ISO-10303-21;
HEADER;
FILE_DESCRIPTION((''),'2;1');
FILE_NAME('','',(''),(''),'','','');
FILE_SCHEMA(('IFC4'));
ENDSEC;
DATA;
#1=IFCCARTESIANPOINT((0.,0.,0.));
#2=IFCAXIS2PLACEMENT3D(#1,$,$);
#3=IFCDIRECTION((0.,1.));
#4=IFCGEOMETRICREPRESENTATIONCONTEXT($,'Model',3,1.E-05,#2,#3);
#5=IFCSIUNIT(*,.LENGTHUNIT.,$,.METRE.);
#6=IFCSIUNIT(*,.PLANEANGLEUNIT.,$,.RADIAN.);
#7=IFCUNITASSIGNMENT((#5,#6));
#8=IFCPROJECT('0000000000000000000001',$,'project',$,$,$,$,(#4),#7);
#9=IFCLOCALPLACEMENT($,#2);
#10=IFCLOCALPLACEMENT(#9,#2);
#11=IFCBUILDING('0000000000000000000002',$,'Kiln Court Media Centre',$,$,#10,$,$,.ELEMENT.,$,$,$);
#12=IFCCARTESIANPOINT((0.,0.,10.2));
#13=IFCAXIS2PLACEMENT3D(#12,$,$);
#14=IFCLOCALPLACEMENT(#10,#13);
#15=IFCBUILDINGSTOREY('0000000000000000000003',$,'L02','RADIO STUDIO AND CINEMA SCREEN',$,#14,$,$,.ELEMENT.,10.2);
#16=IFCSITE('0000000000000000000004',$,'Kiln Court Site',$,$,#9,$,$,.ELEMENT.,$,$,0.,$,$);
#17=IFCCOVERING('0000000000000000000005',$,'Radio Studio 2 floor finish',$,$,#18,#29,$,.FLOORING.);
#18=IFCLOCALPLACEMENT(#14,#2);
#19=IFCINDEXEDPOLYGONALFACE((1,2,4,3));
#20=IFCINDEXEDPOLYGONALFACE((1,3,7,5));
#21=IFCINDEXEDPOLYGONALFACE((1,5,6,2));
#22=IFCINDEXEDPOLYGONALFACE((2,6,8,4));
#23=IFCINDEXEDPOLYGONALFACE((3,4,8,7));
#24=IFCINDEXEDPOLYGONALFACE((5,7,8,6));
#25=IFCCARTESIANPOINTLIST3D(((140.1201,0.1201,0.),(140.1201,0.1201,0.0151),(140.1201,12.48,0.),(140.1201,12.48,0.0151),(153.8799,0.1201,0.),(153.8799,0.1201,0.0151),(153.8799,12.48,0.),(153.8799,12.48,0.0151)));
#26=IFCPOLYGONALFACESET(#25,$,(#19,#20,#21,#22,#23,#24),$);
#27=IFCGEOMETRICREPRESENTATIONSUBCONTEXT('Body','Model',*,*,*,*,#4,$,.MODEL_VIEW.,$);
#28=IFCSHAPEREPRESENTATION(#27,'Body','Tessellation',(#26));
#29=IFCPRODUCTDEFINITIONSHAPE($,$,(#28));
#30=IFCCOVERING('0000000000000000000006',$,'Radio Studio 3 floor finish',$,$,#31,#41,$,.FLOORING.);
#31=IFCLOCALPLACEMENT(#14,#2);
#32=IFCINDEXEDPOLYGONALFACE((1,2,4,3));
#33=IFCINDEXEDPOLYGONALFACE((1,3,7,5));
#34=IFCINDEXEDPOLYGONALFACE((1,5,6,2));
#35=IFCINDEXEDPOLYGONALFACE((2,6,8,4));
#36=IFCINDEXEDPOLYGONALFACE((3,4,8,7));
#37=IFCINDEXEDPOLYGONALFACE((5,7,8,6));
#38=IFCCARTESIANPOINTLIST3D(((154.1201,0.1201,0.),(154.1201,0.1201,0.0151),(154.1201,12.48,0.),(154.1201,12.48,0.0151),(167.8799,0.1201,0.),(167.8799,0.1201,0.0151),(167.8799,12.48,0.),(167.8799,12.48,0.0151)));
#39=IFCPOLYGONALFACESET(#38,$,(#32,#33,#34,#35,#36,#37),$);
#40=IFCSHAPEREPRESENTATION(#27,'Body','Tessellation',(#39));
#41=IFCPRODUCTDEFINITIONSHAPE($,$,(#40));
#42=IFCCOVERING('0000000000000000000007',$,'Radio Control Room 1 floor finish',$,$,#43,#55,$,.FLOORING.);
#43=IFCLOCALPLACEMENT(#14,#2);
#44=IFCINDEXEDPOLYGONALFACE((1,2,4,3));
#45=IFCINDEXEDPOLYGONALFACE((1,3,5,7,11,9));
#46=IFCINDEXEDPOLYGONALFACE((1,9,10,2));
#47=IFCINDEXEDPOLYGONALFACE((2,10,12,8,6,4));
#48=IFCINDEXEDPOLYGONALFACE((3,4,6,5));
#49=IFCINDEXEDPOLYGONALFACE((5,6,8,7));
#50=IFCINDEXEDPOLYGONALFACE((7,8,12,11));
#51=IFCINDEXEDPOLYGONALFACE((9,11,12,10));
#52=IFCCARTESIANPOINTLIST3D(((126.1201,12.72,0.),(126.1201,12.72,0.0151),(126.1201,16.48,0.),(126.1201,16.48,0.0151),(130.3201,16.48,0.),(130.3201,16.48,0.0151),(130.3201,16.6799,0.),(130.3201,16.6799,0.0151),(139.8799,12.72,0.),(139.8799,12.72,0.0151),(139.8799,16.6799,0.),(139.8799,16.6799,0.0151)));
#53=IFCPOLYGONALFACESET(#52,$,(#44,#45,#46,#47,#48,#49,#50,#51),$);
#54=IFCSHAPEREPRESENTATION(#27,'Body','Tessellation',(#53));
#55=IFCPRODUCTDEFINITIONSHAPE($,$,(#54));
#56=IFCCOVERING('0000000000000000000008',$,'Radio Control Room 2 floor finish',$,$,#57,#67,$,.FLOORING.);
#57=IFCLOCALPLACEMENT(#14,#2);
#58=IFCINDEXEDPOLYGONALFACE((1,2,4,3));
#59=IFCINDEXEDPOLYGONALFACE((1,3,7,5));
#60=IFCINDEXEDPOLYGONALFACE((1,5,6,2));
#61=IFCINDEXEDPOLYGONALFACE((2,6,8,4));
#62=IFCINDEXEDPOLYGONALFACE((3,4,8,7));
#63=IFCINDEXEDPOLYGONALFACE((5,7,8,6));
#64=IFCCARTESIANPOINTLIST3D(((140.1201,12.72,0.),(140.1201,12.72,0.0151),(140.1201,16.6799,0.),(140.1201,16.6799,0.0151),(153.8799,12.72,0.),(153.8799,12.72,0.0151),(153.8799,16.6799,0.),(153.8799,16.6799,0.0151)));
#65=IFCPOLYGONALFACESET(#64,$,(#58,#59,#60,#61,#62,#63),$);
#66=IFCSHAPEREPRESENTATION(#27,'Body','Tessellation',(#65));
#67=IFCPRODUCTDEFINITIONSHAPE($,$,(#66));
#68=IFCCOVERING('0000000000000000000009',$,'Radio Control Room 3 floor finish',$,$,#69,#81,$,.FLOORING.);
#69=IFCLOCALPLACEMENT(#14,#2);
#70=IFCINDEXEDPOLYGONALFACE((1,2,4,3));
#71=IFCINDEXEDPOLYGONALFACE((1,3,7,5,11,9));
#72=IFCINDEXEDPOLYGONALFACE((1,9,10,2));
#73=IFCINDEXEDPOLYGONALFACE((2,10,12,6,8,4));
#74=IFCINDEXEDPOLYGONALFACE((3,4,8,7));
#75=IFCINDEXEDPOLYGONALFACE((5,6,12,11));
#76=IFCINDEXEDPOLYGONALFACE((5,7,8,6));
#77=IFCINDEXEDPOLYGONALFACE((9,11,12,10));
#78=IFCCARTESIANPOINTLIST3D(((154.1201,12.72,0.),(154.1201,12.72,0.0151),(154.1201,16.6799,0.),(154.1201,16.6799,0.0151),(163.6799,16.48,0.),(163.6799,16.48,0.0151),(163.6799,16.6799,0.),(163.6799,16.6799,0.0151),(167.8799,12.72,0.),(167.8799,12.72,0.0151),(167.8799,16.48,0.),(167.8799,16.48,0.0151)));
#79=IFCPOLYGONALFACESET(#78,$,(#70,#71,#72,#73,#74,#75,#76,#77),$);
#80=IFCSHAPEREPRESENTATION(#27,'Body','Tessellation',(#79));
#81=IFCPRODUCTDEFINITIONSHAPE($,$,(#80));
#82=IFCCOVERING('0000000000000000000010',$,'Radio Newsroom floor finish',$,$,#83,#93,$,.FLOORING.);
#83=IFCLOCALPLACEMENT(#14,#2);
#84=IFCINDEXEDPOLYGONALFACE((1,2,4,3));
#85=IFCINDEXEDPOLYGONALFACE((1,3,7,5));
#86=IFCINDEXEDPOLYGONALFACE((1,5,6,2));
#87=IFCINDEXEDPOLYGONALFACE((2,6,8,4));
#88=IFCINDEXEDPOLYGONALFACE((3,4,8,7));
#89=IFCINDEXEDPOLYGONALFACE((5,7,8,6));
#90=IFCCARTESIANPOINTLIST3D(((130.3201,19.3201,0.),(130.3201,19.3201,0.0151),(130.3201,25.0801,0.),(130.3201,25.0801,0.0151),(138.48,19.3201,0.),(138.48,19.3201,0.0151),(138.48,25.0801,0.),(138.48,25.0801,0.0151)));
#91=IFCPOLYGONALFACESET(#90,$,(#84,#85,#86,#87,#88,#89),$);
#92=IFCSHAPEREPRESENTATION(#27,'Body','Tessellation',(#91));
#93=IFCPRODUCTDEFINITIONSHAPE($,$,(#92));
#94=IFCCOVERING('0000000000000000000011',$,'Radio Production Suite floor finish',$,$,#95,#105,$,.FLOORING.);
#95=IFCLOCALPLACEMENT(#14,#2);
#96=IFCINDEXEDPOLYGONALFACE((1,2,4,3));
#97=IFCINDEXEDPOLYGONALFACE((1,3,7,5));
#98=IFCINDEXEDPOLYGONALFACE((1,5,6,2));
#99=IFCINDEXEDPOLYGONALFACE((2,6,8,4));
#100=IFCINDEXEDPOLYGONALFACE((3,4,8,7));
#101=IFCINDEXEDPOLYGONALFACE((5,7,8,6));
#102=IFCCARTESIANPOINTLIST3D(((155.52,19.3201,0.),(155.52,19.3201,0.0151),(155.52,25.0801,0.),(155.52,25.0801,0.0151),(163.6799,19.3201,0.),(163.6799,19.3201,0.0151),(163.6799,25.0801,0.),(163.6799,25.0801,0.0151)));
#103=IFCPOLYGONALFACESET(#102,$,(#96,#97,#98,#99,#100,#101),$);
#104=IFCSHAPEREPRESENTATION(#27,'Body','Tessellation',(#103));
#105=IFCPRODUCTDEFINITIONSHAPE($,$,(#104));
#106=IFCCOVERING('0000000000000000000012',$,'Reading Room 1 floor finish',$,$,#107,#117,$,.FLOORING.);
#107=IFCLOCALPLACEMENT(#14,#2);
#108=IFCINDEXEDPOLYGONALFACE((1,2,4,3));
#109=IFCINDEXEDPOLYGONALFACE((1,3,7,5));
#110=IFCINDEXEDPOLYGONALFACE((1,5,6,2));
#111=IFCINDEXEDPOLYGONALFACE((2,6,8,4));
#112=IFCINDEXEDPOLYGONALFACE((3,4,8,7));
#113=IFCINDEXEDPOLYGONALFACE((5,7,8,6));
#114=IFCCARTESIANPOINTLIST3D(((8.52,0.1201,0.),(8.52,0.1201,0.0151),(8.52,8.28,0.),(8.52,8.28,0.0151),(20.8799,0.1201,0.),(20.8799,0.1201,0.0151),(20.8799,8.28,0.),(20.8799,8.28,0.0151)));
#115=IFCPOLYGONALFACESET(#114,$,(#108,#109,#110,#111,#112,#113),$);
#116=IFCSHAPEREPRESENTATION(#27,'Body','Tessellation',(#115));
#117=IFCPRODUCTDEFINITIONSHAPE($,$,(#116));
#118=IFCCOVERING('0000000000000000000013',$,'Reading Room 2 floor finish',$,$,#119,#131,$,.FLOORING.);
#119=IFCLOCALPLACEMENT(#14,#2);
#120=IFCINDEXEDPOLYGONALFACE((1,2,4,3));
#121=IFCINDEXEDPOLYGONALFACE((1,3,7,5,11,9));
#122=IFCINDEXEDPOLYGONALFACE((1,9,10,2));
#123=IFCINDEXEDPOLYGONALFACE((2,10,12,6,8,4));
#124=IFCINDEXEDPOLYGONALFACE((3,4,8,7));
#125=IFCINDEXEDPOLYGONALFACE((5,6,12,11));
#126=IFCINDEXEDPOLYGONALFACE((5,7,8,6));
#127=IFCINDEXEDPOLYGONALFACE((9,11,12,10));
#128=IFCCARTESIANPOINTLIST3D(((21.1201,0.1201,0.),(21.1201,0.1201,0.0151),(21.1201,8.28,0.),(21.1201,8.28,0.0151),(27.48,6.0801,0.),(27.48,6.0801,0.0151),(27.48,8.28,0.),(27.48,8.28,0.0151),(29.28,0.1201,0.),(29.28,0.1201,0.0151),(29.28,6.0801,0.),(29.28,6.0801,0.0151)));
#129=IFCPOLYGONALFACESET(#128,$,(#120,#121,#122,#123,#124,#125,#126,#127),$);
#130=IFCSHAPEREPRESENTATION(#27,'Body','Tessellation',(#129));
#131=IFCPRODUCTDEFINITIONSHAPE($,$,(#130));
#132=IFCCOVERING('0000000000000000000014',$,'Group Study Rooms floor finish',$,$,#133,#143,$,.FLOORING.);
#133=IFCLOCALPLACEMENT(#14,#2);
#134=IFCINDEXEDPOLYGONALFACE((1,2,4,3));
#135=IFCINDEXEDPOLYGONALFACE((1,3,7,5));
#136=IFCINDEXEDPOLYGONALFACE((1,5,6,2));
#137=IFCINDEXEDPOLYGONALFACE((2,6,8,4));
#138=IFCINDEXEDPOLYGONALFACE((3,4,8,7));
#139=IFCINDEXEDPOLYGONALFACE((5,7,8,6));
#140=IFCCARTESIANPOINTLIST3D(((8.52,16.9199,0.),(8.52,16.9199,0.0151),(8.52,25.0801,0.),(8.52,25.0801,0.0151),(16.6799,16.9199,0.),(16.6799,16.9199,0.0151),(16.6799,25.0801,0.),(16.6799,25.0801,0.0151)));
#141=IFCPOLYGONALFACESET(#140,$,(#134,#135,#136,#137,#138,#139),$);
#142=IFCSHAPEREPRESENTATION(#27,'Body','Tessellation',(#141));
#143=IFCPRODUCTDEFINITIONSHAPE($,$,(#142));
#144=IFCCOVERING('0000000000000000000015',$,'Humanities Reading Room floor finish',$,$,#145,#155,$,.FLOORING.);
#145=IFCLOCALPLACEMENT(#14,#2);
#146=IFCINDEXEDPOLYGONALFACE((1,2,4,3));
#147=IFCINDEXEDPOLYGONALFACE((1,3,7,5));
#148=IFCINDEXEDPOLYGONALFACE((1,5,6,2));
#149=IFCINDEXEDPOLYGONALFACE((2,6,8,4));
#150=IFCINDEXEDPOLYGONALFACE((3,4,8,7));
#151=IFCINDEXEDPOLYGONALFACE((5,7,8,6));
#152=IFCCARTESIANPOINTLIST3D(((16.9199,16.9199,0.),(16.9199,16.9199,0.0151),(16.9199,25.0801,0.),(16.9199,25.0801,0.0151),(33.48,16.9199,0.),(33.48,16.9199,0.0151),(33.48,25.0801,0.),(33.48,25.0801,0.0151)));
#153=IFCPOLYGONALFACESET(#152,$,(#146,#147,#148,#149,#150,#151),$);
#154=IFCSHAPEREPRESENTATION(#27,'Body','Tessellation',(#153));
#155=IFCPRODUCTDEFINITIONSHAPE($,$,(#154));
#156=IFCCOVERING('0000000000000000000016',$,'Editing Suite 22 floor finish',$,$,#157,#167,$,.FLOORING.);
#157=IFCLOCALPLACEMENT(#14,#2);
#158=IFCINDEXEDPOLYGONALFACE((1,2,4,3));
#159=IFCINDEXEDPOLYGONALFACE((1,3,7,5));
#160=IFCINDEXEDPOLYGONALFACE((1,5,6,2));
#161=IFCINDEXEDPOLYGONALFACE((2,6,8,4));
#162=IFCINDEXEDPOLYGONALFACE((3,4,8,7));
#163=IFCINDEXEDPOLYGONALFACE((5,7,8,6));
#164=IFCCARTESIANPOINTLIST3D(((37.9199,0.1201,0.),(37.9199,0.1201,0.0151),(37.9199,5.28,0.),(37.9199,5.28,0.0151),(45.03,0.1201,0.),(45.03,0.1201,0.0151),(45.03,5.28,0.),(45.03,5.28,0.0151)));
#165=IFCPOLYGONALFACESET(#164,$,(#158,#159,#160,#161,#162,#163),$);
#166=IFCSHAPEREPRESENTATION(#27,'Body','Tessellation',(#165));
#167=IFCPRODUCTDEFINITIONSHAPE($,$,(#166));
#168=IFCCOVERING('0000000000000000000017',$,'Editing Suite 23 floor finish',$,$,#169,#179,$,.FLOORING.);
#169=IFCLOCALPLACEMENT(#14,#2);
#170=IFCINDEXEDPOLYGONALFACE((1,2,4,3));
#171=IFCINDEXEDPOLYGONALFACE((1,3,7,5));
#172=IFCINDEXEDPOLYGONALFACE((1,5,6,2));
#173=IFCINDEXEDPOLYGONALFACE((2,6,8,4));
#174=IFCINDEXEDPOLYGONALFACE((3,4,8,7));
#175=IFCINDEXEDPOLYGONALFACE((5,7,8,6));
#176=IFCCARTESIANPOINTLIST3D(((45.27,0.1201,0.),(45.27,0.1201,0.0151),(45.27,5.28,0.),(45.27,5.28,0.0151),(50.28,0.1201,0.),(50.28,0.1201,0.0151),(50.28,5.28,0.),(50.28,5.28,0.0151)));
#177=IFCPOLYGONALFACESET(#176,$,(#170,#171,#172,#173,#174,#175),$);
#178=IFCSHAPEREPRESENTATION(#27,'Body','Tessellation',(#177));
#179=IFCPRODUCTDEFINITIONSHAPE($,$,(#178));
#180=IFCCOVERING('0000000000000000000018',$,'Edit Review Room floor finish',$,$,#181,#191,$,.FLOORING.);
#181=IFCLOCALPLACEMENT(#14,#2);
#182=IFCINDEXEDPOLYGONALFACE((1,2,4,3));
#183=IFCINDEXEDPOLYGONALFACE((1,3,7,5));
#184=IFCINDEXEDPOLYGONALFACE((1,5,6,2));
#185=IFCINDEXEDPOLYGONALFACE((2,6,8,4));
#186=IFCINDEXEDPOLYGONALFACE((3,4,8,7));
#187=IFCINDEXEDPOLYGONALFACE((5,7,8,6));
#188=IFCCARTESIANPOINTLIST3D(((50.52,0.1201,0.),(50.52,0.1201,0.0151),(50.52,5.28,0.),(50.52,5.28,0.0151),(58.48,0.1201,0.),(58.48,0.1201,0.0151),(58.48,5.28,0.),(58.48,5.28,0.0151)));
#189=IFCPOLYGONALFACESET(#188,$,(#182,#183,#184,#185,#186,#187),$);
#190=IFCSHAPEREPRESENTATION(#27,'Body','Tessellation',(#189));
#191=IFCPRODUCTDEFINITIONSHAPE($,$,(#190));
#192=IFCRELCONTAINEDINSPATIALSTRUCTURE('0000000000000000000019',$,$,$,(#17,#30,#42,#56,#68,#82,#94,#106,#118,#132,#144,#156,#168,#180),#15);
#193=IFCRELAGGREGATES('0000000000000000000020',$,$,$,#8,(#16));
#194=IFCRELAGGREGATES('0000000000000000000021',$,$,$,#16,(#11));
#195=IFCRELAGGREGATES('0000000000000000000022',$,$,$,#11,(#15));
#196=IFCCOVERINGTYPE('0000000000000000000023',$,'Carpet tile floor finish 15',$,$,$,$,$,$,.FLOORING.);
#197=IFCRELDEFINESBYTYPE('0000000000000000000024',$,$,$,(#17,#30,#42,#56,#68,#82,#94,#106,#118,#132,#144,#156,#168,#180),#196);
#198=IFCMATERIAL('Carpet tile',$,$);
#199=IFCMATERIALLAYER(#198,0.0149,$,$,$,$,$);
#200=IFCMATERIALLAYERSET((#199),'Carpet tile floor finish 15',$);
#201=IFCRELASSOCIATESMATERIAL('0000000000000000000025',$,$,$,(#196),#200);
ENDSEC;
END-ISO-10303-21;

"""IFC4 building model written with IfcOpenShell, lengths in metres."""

from ifc_helpers import new_model, si_unit, direction, frame, origin, place, context, subcontext, project, spatial, polyline, outline, extrude, material, layer, layer_set, type_object, element, save


model = new_model("IFC4")

# Units and contexts
model_context = context("Model", 3, precision=1e-05, world=origin(), true_north=direction((0.0, 1.0)))
body_context = subcontext(model_context, "Body", "Model", "MODEL_VIEW")
ifc_project = project(units=[si_unit("LENGTHUNIT", "METRE"), si_unit("PLANEANGLEUNIT", "RADIAN")], contexts=[model_context])

# Site, building, storey
site_placement = place(None, origin())
site = spatial("IfcSite", under=ifc_project, at=site_placement, Name="Kiln Court Site", CompositionType="ELEMENT", RefElevation=0.0)
building_placement = place(site_placement, origin())
building = spatial("IfcBuilding", under=site, at=building_placement, Name="Kiln Court Media Centre", CompositionType="ELEMENT")
storey_placement = place(building_placement, frame((0.0, 0.0, 10.2)))
storey = spatial("IfcBuildingStorey", under=building, at=storey_placement, Name="L02", Description="RADIO STUDIO AND CINEMA SCREEN", CompositionType="ELEMENT", Elevation=10.2)

# Coverings
ifc_material_1 = material(Name="Carpet tile")
ifc_layer_1 = layer(ifc_material_1, 0.0149)
ifc_layer_set_1 = layer_set([ifc_layer_1], Name="Carpet tile floor finish 15")
covering_type_1 = type_object("IfcCoveringType", Name="Carpet tile floor finish 15", PredefinedType="FLOORING", material=ifc_layer_set_1)
covering_1_placement = place(storey_placement, origin())
element("IfcCovering", 1, at=covering_1_placement, inside=storey, type_object=covering_type_1, Name="Radio Studio 2 floor finish", PredefinedType="FLOORING", context=body_context, shape_type="SweptSolid", body=[
    extrude(outline(polyline([(140.1201, 0.1201), (153.8799, 0.1201), (153.8799, 12.48), (140.1201, 12.48), (140.1201, 0.1201)])), origin(), (0.0, 0.0, 1.0), 0.0151),
])
covering_2_placement = place(storey_placement, origin())
element("IfcCovering", 2, at=covering_2_placement, inside=storey, type_object=covering_type_1, Name="Radio Studio 3 floor finish", PredefinedType="FLOORING", context=body_context, shape_type="SweptSolid", body=[
    extrude(outline(polyline([(154.1201, 0.1201), (167.8799, 0.1201), (167.8799, 12.48), (154.1201, 12.48), (154.1201, 0.1201)])), origin(), (0.0, 0.0, 1.0), 0.0151),
])
covering_3_placement = place(storey_placement, origin())
element("IfcCovering", 3, at=covering_3_placement, inside=storey, type_object=covering_type_1, Name="Radio Control Room 1 floor finish", PredefinedType="FLOORING", context=body_context, shape_type="SweptSolid", body=[
    extrude(outline(polyline([(139.8799, 16.6799), (130.3201, 16.6799), (130.3201, 16.48), (126.1201, 16.48), (126.1201, 12.72), (139.8799, 12.72), (139.8799, 16.6799)])), origin(), (0.0, 0.0, 1.0), 0.0151),
])
covering_4_placement = place(storey_placement, origin())
element("IfcCovering", 4, at=covering_4_placement, inside=storey, type_object=covering_type_1, Name="Radio Control Room 2 floor finish", PredefinedType="FLOORING", context=body_context, shape_type="SweptSolid", body=[
    extrude(outline(polyline([(140.1201, 12.72), (153.8799, 12.72), (153.8799, 16.6799), (140.1201, 16.6799), (140.1201, 12.72)])), origin(), (0.0, 0.0, 1.0), 0.0151),
])
covering_5_placement = place(storey_placement, origin())
element("IfcCovering", 5, at=covering_5_placement, inside=storey, type_object=covering_type_1, Name="Radio Control Room 3 floor finish", PredefinedType="FLOORING", context=body_context, shape_type="SweptSolid", body=[
    extrude(outline(polyline([(167.8799, 12.72), (167.8799, 16.48), (163.6799, 16.48), (163.6799, 16.6799), (154.1201, 16.6799), (154.1201, 12.72), (167.8799, 12.72)])), origin(), (0.0, 0.0, 1.0), 0.0151),
])
covering_6_placement = place(storey_placement, origin())
element("IfcCovering", 6, at=covering_6_placement, inside=storey, type_object=covering_type_1, Name="Radio Newsroom floor finish", PredefinedType="FLOORING", context=body_context, shape_type="SweptSolid", body=[
    extrude(outline(polyline([(130.3201, 19.3201), (138.48, 19.3201), (138.48, 25.0801), (130.3201, 25.0801), (130.3201, 19.3201)])), origin(), (0.0, 0.0, 1.0), 0.0151),
])
covering_7_placement = place(storey_placement, origin())
element("IfcCovering", 7, at=covering_7_placement, inside=storey, type_object=covering_type_1, Name="Radio Production Suite floor finish", PredefinedType="FLOORING", context=body_context, shape_type="SweptSolid", body=[
    extrude(outline(polyline([(155.52, 19.3201), (163.6799, 19.3201), (163.6799, 25.0801), (155.52, 25.0801), (155.52, 19.3201)])), origin(), (0.0, 0.0, 1.0), 0.0151),
])
covering_8_placement = place(storey_placement, origin())
element("IfcCovering", 8, at=covering_8_placement, inside=storey, type_object=covering_type_1, Name="Reading Room 1 floor finish", PredefinedType="FLOORING", context=body_context, shape_type="SweptSolid", body=[
    extrude(outline(polyline([(8.52, 0.1201), (20.8799, 0.1201), (20.8799, 8.28), (8.52, 8.28), (8.52, 0.1201)])), origin(), (0.0, 0.0, 1.0), 0.0151),
])
covering_9_placement = place(storey_placement, origin())
element("IfcCovering", 9, at=covering_9_placement, inside=storey, type_object=covering_type_1, Name="Reading Room 2 floor finish", PredefinedType="FLOORING", context=body_context, shape_type="SweptSolid", body=[
    extrude(outline(polyline([(29.28, 0.1201), (29.28, 6.0801), (27.48, 6.0801), (27.48, 8.28), (21.1201, 8.28), (21.1201, 0.1201), (29.28, 0.1201)])), origin(), (0.0, 0.0, 1.0), 0.0151),
])
covering_10_placement = place(storey_placement, origin())
element("IfcCovering", 10, at=covering_10_placement, inside=storey, type_object=covering_type_1, Name="Group Study Rooms floor finish", PredefinedType="FLOORING", context=body_context, shape_type="SweptSolid", body=[
    extrude(outline(polyline([(8.52, 16.9199), (16.6799, 16.9199), (16.6799, 25.0801), (8.52, 25.0801), (8.52, 16.9199)])), origin(), (0.0, 0.0, 1.0), 0.0151),
])
covering_11_placement = place(storey_placement, origin())
element("IfcCovering", 11, at=covering_11_placement, inside=storey, type_object=covering_type_1, Name="Humanities Reading Room floor finish", PredefinedType="FLOORING", context=body_context, shape_type="SweptSolid", body=[
    extrude(outline(polyline([(16.9199, 16.9199), (33.48, 16.9199), (33.48, 25.0801), (16.9199, 25.0801), (16.9199, 16.9199)])), origin(), (0.0, 0.0, 1.0), 0.0151),
])
covering_12_placement = place(storey_placement, origin())
element("IfcCovering", 12, at=covering_12_placement, inside=storey, type_object=covering_type_1, Name="Editing Suite 22 floor finish", PredefinedType="FLOORING", context=body_context, shape_type="SweptSolid", body=[
    extrude(outline(polyline([(37.9199, 0.1201), (45.03, 0.1201), (45.03, 5.28), (37.9199, 5.28), (37.9199, 0.1201)])), origin(), (0.0, 0.0, 1.0), 0.0151),
])
covering_13_placement = place(storey_placement, origin())
element("IfcCovering", 13, at=covering_13_placement, inside=storey, type_object=covering_type_1, Name="Editing Suite 23 floor finish", PredefinedType="FLOORING", context=body_context, shape_type="SweptSolid", body=[
    extrude(outline(polyline([(45.27, 0.1201), (50.28, 0.1201), (50.28, 5.28), (45.27, 5.28), (45.27, 0.1201)])), origin(), (0.0, 0.0, 1.0), 0.0151),
])
covering_14_placement = place(storey_placement, origin())
element("IfcCovering", 14, at=covering_14_placement, inside=storey, type_object=covering_type_1, Name="Edit Review Room floor finish", PredefinedType="FLOORING", context=body_context, shape_type="SweptSolid", body=[
    extrude(outline(polyline([(50.52, 0.1201), (58.48, 0.1201), (58.48, 5.28), (50.52, 5.28), (50.52, 0.1201)])), origin(), (0.0, 0.0, 1.0), 0.0151),
])

save(model, "model.ifc")
